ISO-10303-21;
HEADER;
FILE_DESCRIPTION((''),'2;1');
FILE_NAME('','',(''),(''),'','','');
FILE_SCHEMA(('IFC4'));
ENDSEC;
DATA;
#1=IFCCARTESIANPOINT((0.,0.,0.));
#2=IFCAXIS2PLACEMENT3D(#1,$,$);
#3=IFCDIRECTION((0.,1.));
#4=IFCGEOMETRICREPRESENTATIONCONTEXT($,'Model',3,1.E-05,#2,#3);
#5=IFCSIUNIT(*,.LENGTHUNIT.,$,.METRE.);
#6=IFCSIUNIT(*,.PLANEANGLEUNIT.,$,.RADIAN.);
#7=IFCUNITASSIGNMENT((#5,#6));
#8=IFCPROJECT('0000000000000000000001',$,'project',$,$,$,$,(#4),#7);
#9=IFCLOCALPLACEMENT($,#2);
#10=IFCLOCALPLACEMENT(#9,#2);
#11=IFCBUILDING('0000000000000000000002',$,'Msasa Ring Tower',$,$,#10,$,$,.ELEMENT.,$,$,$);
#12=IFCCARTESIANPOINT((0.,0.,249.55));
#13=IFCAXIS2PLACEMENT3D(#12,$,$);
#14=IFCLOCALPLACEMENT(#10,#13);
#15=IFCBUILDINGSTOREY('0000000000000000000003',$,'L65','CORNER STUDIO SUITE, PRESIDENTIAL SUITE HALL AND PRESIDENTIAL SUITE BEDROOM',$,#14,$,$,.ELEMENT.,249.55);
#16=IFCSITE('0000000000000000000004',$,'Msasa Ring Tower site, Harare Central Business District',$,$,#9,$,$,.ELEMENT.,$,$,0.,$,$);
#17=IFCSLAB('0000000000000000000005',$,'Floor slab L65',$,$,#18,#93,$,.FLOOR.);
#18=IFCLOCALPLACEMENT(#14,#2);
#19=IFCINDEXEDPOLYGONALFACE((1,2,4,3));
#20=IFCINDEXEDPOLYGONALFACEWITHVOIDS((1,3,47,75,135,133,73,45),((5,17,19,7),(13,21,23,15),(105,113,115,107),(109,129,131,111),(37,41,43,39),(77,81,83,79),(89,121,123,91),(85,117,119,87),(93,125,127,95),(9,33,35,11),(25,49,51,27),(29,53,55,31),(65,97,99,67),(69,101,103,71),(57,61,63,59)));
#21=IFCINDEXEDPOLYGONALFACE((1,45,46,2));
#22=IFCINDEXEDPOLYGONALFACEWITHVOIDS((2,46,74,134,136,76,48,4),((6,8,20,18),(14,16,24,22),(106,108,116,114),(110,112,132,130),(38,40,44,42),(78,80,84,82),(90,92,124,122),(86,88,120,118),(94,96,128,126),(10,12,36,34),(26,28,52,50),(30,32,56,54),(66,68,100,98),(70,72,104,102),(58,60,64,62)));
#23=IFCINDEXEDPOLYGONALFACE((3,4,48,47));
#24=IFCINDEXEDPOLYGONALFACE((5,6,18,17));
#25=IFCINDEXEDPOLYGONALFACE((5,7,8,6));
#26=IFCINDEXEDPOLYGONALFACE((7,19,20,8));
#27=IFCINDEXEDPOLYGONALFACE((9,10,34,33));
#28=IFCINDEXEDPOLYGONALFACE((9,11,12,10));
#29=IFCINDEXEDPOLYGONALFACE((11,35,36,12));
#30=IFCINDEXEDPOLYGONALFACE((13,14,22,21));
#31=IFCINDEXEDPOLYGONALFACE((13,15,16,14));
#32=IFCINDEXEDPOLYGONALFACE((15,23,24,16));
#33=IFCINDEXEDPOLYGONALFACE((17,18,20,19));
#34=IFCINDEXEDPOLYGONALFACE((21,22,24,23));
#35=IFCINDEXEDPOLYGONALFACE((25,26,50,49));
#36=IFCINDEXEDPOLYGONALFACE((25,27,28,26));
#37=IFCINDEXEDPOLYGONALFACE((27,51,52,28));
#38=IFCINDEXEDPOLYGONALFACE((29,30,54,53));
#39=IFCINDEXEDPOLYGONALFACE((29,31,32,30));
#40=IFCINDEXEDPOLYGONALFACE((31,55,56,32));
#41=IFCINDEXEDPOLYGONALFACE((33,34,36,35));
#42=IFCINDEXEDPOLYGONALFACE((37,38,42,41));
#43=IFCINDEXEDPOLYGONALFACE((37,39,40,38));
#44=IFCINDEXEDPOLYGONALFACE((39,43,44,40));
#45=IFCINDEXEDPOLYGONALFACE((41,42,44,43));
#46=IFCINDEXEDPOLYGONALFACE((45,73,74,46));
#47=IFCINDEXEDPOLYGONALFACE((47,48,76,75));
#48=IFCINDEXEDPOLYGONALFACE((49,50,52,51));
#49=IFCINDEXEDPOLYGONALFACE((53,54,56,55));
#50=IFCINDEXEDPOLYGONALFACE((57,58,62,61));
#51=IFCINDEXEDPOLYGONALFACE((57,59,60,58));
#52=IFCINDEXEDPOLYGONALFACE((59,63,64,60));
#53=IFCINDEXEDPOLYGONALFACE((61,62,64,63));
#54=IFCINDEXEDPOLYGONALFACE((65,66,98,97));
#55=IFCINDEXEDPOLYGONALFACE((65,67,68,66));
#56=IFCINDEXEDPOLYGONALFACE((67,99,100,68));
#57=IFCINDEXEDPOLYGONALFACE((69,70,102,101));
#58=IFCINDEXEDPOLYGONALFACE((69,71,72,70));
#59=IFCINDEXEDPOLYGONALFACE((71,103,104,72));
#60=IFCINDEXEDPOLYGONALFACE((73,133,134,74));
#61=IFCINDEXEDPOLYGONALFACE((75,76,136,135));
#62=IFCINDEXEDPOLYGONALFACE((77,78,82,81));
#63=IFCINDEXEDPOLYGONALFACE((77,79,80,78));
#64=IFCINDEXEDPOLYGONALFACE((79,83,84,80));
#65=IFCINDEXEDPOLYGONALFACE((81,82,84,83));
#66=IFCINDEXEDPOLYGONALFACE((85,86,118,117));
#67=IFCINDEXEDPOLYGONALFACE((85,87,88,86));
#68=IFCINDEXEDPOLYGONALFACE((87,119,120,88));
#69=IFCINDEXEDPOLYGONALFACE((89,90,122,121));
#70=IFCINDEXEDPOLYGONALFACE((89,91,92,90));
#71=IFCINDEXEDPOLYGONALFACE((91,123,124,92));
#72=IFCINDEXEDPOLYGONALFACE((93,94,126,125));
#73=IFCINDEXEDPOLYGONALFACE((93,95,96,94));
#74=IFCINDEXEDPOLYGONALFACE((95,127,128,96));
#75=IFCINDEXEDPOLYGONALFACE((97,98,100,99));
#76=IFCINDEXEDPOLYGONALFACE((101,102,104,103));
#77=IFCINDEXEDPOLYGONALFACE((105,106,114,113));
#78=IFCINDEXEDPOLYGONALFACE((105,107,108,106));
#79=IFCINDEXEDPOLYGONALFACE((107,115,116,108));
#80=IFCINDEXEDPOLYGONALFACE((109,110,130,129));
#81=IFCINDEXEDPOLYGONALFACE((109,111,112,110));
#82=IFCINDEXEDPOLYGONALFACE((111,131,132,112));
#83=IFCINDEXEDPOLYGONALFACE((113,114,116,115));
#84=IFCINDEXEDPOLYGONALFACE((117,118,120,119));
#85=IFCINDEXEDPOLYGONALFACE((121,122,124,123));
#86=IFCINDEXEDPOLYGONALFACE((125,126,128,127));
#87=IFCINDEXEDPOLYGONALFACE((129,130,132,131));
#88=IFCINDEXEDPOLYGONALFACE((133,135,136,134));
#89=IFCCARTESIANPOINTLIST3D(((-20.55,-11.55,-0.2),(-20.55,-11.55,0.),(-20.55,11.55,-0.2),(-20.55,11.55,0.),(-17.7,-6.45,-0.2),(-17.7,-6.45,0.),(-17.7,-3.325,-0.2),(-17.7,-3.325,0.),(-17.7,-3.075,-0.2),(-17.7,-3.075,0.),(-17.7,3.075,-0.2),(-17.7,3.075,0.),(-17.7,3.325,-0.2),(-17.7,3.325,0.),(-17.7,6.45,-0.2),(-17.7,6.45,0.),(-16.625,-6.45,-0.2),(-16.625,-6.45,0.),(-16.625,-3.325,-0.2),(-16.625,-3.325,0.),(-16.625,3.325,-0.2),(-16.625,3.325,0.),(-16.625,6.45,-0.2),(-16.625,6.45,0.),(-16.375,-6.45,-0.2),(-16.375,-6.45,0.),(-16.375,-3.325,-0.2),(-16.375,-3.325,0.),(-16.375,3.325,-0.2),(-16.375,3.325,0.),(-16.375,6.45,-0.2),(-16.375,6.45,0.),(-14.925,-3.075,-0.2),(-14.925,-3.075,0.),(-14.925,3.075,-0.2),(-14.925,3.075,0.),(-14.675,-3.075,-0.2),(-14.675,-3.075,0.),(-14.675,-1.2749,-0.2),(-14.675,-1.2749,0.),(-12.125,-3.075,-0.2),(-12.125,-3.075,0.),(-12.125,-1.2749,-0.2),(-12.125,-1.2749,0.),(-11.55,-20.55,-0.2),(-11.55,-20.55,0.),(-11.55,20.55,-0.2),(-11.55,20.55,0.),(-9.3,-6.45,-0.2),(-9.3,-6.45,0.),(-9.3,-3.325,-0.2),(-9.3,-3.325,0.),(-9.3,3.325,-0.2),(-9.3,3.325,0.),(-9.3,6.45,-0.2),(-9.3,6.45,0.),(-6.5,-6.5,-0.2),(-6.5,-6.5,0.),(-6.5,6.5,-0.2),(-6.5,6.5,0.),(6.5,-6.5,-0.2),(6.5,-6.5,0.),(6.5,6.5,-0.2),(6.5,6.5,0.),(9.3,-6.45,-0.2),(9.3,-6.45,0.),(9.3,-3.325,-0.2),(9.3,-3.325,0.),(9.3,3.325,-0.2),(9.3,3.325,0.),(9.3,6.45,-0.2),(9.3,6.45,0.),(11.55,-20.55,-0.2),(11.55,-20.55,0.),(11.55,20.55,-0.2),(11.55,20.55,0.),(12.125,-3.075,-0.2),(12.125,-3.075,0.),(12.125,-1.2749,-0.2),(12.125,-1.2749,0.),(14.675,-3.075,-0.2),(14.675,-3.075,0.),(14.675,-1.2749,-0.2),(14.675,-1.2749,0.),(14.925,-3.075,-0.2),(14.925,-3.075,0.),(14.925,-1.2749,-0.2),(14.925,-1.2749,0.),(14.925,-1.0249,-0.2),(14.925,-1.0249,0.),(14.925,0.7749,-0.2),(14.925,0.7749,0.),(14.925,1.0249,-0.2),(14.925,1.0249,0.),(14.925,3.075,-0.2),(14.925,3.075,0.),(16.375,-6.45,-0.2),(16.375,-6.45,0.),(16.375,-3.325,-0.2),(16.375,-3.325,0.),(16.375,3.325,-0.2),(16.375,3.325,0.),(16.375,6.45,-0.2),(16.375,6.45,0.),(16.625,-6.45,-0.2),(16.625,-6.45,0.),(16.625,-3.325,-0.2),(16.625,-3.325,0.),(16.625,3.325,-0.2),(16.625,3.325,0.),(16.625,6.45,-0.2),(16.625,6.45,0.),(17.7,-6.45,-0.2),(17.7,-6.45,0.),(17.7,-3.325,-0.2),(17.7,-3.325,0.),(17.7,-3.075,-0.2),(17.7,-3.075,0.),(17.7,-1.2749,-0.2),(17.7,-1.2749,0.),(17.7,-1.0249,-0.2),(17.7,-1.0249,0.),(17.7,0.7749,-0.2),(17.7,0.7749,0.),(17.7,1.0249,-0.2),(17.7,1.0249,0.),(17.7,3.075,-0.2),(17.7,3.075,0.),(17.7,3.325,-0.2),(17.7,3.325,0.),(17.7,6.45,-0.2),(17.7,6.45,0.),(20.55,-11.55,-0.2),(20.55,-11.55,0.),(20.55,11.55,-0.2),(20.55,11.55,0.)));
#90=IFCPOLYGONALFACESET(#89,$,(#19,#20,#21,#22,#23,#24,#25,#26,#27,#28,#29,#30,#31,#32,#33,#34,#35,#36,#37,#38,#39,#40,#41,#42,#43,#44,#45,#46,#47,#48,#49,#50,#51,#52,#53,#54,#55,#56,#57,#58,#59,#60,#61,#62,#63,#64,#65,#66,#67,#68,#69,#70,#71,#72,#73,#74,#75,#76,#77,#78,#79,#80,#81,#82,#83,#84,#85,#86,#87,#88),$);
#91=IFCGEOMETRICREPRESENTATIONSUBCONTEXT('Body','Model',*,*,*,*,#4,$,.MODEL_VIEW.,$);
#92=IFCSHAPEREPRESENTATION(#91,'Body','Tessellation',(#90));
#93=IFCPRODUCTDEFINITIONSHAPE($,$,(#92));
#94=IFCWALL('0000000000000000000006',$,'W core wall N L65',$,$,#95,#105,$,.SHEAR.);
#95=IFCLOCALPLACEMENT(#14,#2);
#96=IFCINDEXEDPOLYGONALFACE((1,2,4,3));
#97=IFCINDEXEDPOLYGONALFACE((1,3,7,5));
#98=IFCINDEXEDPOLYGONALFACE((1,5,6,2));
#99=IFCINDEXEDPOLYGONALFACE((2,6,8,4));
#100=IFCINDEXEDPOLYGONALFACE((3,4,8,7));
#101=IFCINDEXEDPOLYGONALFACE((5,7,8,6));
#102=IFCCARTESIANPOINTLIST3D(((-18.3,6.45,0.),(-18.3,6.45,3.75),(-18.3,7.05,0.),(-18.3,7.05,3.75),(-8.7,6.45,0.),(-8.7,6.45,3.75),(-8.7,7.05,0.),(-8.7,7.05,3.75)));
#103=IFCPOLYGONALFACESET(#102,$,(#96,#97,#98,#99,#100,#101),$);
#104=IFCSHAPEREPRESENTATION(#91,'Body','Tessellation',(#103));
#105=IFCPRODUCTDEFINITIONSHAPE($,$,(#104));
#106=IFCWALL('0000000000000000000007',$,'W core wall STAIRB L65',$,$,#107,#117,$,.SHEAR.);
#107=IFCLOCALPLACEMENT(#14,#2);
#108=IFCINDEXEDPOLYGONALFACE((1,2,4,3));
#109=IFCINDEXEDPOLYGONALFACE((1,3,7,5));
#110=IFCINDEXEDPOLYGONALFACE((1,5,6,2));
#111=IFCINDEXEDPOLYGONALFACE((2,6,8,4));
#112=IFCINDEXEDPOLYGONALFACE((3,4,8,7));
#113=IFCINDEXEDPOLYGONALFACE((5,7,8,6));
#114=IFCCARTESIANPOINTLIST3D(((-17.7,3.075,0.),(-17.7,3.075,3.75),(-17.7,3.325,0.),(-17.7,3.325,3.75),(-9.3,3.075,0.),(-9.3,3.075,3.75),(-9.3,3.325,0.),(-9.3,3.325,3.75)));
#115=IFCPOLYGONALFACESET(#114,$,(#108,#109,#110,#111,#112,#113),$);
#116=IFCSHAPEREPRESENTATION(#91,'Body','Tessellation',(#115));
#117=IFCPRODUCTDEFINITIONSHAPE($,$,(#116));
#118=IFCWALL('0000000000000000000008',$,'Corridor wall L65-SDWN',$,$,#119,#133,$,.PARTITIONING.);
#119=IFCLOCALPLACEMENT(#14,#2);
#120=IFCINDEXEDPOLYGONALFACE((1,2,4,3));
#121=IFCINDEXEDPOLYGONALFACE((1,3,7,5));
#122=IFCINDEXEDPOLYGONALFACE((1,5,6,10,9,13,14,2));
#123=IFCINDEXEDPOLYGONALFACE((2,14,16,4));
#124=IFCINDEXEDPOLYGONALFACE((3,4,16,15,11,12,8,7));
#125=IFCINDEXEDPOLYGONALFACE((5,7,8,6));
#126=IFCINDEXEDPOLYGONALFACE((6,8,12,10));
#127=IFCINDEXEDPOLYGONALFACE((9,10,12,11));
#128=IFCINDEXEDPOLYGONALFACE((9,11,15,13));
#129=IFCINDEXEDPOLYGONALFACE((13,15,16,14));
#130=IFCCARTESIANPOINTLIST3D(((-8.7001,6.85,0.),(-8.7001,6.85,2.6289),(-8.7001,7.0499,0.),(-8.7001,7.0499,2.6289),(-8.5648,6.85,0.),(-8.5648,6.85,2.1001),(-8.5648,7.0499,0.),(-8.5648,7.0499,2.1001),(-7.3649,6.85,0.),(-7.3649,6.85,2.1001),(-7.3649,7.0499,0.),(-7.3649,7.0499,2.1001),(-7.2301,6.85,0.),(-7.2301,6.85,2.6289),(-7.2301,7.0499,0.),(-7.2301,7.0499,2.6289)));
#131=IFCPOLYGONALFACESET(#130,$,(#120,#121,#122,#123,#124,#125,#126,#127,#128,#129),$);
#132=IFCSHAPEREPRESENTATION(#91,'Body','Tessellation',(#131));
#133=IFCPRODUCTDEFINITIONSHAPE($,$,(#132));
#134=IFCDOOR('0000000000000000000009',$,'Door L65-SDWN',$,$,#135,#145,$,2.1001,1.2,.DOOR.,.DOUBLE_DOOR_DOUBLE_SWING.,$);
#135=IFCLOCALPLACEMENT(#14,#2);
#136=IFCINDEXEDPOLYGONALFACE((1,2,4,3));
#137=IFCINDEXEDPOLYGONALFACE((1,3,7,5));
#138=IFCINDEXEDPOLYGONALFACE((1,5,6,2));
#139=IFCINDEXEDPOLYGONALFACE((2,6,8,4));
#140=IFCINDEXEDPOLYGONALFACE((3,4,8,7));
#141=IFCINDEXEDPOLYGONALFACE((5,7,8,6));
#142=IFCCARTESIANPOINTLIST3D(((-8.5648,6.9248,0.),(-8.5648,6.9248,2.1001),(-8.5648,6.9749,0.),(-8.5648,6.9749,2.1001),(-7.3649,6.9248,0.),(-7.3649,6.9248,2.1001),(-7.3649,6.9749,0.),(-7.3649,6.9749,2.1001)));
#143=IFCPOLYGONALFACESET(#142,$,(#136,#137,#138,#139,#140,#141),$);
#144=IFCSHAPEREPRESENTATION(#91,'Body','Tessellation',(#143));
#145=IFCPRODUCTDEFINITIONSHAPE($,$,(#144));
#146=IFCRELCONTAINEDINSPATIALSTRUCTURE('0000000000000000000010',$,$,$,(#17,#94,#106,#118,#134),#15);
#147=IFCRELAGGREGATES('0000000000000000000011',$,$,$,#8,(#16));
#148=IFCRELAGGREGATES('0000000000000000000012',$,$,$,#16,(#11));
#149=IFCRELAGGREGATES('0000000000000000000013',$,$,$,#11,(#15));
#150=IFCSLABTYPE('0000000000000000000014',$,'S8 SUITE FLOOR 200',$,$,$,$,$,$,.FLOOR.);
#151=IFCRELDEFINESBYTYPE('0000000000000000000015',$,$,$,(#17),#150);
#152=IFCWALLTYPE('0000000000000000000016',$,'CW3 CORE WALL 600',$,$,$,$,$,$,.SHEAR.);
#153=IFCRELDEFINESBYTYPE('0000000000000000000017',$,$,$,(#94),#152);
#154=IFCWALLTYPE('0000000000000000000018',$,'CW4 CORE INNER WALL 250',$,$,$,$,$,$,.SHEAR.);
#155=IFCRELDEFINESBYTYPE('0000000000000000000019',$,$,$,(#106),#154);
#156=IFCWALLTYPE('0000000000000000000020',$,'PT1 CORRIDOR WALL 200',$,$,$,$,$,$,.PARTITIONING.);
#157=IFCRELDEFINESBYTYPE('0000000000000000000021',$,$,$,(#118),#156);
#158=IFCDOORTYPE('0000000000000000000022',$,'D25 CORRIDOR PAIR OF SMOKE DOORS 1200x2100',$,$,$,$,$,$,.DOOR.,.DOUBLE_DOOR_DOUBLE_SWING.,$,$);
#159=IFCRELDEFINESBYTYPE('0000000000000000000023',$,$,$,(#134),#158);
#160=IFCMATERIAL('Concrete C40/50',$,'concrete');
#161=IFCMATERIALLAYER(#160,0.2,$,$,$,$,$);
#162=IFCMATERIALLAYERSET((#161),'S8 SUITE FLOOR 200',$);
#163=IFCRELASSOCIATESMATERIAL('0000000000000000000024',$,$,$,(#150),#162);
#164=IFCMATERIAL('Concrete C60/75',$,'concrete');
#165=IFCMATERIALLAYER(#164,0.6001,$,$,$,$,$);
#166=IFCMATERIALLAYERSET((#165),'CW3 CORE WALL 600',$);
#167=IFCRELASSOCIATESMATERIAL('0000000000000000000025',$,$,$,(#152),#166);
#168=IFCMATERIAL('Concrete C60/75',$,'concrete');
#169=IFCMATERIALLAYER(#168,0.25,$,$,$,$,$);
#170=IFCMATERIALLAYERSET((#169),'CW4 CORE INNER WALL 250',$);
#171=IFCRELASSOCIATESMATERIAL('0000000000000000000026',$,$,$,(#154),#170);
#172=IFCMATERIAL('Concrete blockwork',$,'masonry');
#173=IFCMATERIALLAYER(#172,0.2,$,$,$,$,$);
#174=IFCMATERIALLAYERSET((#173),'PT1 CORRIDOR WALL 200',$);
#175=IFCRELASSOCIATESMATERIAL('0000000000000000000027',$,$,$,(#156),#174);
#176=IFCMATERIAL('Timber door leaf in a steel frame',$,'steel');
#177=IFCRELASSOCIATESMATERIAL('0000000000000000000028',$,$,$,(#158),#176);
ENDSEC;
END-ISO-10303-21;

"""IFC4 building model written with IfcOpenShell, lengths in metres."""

from ifc_helpers import new_model, si_unit, direction, frame, frame_2d, origin, place, context, subcontext, project, spatial, polyline, rectangle, outline, extrude, material, layer, layer_set, type_object, element, fill, save


model = new_model("IFC4")

# Units and contexts
model_context = context("Model", 3, precision=1e-05, world=origin(), true_north=direction((0.0, 1.0)))
body_context = subcontext(model_context, "Body", "Model", "MODEL_VIEW")
ifc_project = project(units=[si_unit("LENGTHUNIT", "METRE"), si_unit("PLANEANGLEUNIT", "RADIAN")], contexts=[model_context])

# Site, building, storey
site_placement = place(None, origin())
site = spatial("IfcSite", under=ifc_project, at=site_placement, Name="Msasa Ring Tower site, Harare Central Business District", CompositionType="ELEMENT", RefElevation=0.0)
building_placement = place(site_placement, origin())
building = spatial("IfcBuilding", under=site, at=building_placement, Name="Msasa Ring Tower", CompositionType="ELEMENT")
storey_placement = place(building_placement, frame((0.0, 0.0, 249.55)))
storey = spatial("IfcBuildingStorey", under=building, at=storey_placement, Name="L65", Description="CORNER STUDIO SUITE, PRESIDENTIAL SUITE HALL AND PRESIDENTIAL SUITE BEDROOM", CompositionType="ELEMENT", Elevation=249.55)

# Slab
ifc_material_1 = material(Name="Concrete C40/50", Category="concrete")
ifc_layer_1 = layer(ifc_material_1, 0.2)
ifc_layer_set_1 = layer_set([ifc_layer_1], Name="S8 SUITE FLOOR 200")
slab_type = type_object("IfcSlabType", Name="S8 SUITE FLOOR 200", PredefinedType="FLOOR", material=ifc_layer_set_1)
slab_placement = place(storey_placement, frame((0.0, 0.0, -0.2)))
element("IfcSlab", 1, at=slab_placement, inside=storey, type_object=slab_type, Name="Floor slab L65", PredefinedType="FLOOR", context=body_context, shape_type="SweptSolid", body=[
    extrude(outline(polyline([(-11.55, -20.55), (11.55, -20.55), (20.55, -11.55), (20.55, 11.55), (11.55, 20.55), (-11.55, 20.55), (-20.55, 11.55), (-20.55, -11.55), (-11.55, -20.55)]), holes=[polyline([(-6.5, -6.5), (6.5, -6.5), (6.5, 6.5), (-6.5, 6.5), (-6.5, -6.5)]), polyline([(9.3, -6.45), (16.375, -6.45), (16.375, -3.325), (9.3, -3.325), (9.3, -6.45)]), polyline([(9.3, 3.325), (16.375, 3.325), (16.375, 6.45), (9.3, 6.45), (9.3, 3.325)]), polyline([(12.125, -3.075), (14.675, -3.075), (14.675, -1.2749), (12.125, -1.2749), (12.125, -3.075)]), polyline([(16.625, -6.45), (17.7, -6.45), (17.7, -3.325), (16.625, -3.325), (16.625, -6.45)]), polyline([(16.625, 3.325), (17.7, 3.325), (17.7, 6.45), (16.625, 6.45), (16.625, 3.325)]), polyline([(14.925, -3.075), (17.7, -3.075), (17.7, -1.2749), (14.925, -1.2749), (14.925, -3.075)]), polyline([(14.925, -1.0249), (17.7, -1.0249), (17.7, 0.7749), (14.925, 0.7749), (14.925, -1.0249)]), polyline([(14.925, 1.0249), (17.7, 1.0249), (17.7, 3.075), (14.925, 3.075), (14.925, 1.0249)]), polyline([(-16.375, -6.45), (-9.3, -6.45), (-9.3, -3.325), (-16.375, -3.325), (-16.375, -6.45)]), polyline([(-16.375, 3.325), (-9.3, 3.325), (-9.3, 6.45), (-16.375, 6.45), (-16.375, 3.325)]), polyline([(-14.675, -3.075), (-12.125, -3.075), (-12.125, -1.2749), (-14.675, -1.2749), (-14.675, -3.075)]), polyline([(-17.7, -6.45), (-16.625, -6.45), (-16.625, -3.325), (-17.7, -3.325), (-17.7, -6.45)]), polyline([(-17.7, 3.325), (-16.625, 3.325), (-16.625, 6.45), (-17.7, 6.45), (-17.7, 3.325)]), polyline([(-17.7, -3.075), (-14.925, -3.075), (-14.925, 3.075), (-17.7, 3.075), (-17.7, -3.075)])]), origin(), (0.0, 0.0, 1.0), 0.2),
])

# Walls
ifc_material_2 = material(Name="Concrete C60/75", Category="concrete")
ifc_layer_2 = layer(ifc_material_2, 0.6001)
ifc_layer_set_2 = layer_set([ifc_layer_2], Name="CW3 CORE WALL 600")
wall_type_1 = type_object("IfcWallType", Name="CW3 CORE WALL 600", PredefinedType="SHEAR", material=ifc_layer_set_2)
wall_1_placement = place(storey_placement, frame((-8.7, 6.75, 0.0), z_axis=(0.0, 0.0, 1.0), x_axis=(-1.0, 0.0, 0.0)))
element("IfcWall", 2, at=wall_1_placement, inside=storey, type_object=wall_type_1, Name="W core wall N L65", PredefinedType="SHEAR", context=body_context, shape_type="SweptSolid", body=[
    extrude(rectangle(XDim=9.6001, YDim=0.6001, at=frame_2d((4.8, 0.0))), origin(), (0.0, 0.0, 1.0), 3.75),
])
ifc_material_3 = material(Name="Concrete C60/75", Category="concrete")
ifc_layer_3 = layer(ifc_material_3, 0.25)
ifc_layer_set_3 = layer_set([ifc_layer_3], Name="CW4 CORE INNER WALL 250")
wall_type_2 = type_object("IfcWallType", Name="CW4 CORE INNER WALL 250", PredefinedType="SHEAR", material=ifc_layer_set_3)
wall_2_placement = place(storey_placement, frame((-9.3, 3.2, 0.0), z_axis=(0.0, 0.0, 1.0), x_axis=(-1.0, 0.0, 0.0)))
element("IfcWall", 3, at=wall_2_placement, inside=storey, type_object=wall_type_2, Name="W core wall STAIRB L65", PredefinedType="SHEAR", context=body_context, shape_type="SweptSolid", body=[
    extrude(rectangle(XDim=8.3999, YDim=0.25, at=frame_2d((4.2, 0.0))), origin(), (0.0, 0.0, 1.0), 3.75),
])

# Wall, opening, door
ifc_material_4 = material(Name="Concrete blockwork", Category="masonry")
ifc_layer_4 = layer(ifc_material_4, 0.2)
ifc_layer_set_4 = layer_set([ifc_layer_4], Name="PT1 CORRIDOR WALL 200")
wall_type_3 = type_object("IfcWallType", Name="PT1 CORRIDOR WALL 200", PredefinedType="PARTITIONING", material=ifc_layer_set_4)
wall_3_placement = place(storey_placement, frame((-8.7, 6.95, 0.0), z_axis=(0.0, 0.0, 1.0), x_axis=(1.0, 0.0, 0.0)))
wall_3 = element("IfcWall", 4, at=wall_3_placement, inside=storey, type_object=wall_type_3, Name="Corridor wall L65-SDWN", PredefinedType="PARTITIONING", context=body_context, shape_type="SweptSolid", body=[
    extrude(rectangle(XDim=1.47, YDim=0.2, at=frame_2d((0.7349, 0.0))), origin(), (0.0, 0.0, 1.0), 2.6289),
])
opening_placement = place(wall_3_placement, frame((0.135, 0.0, 0.0)))
opening = element("IfcOpeningElement", 5, at=opening_placement, cuts=wall_3, PredefinedType="OPENING", context=body_context, shape_type="SweptSolid", body=[
    extrude(rectangle(XDim=1.2, YDim=2.1001, at=frame_2d((0.6001, 1.05))), frame((0.0, 0.1099, 0.0), z_axis=(0.0, -1.0, 0.0), x_axis=(1.0, 0.0, 0.0)), (0.0, 0.0, 1.0), 0.22),
])
ifc_material_5 = material(Name="Timber door leaf in a steel frame", Category="steel")
door_type = type_object("IfcDoorType", Name="D25 CORRIDOR PAIR OF SMOKE DOORS 1200x2100", OperationType="DOUBLE_DOOR_DOUBLE_SWING", PredefinedType="DOOR", material=ifc_material_5)
door_placement = place(opening_placement, origin())
door = element("IfcDoor", 6, at=door_placement, inside=storey, type_object=door_type, Name="Door L65-SDWN", OperationType="DOUBLE_DOOR_DOUBLE_SWING", OverallHeight=2.1001, OverallWidth=1.2, PredefinedType="DOOR", context=body_context, shape_type="SweptSolid", body=[
    extrude(rectangle(XDim=1.2, YDim=2.1001, at=frame_2d((0.6001, 1.05))), frame((0.0, 0.0249, 0.0), z_axis=(0.0, -1.0, 0.0), x_axis=(1.0, 0.0, 0.0)), (0.0, 0.0, 1.0), 0.05),
])
fill(opening, door)

save(model, "model.ifc")
